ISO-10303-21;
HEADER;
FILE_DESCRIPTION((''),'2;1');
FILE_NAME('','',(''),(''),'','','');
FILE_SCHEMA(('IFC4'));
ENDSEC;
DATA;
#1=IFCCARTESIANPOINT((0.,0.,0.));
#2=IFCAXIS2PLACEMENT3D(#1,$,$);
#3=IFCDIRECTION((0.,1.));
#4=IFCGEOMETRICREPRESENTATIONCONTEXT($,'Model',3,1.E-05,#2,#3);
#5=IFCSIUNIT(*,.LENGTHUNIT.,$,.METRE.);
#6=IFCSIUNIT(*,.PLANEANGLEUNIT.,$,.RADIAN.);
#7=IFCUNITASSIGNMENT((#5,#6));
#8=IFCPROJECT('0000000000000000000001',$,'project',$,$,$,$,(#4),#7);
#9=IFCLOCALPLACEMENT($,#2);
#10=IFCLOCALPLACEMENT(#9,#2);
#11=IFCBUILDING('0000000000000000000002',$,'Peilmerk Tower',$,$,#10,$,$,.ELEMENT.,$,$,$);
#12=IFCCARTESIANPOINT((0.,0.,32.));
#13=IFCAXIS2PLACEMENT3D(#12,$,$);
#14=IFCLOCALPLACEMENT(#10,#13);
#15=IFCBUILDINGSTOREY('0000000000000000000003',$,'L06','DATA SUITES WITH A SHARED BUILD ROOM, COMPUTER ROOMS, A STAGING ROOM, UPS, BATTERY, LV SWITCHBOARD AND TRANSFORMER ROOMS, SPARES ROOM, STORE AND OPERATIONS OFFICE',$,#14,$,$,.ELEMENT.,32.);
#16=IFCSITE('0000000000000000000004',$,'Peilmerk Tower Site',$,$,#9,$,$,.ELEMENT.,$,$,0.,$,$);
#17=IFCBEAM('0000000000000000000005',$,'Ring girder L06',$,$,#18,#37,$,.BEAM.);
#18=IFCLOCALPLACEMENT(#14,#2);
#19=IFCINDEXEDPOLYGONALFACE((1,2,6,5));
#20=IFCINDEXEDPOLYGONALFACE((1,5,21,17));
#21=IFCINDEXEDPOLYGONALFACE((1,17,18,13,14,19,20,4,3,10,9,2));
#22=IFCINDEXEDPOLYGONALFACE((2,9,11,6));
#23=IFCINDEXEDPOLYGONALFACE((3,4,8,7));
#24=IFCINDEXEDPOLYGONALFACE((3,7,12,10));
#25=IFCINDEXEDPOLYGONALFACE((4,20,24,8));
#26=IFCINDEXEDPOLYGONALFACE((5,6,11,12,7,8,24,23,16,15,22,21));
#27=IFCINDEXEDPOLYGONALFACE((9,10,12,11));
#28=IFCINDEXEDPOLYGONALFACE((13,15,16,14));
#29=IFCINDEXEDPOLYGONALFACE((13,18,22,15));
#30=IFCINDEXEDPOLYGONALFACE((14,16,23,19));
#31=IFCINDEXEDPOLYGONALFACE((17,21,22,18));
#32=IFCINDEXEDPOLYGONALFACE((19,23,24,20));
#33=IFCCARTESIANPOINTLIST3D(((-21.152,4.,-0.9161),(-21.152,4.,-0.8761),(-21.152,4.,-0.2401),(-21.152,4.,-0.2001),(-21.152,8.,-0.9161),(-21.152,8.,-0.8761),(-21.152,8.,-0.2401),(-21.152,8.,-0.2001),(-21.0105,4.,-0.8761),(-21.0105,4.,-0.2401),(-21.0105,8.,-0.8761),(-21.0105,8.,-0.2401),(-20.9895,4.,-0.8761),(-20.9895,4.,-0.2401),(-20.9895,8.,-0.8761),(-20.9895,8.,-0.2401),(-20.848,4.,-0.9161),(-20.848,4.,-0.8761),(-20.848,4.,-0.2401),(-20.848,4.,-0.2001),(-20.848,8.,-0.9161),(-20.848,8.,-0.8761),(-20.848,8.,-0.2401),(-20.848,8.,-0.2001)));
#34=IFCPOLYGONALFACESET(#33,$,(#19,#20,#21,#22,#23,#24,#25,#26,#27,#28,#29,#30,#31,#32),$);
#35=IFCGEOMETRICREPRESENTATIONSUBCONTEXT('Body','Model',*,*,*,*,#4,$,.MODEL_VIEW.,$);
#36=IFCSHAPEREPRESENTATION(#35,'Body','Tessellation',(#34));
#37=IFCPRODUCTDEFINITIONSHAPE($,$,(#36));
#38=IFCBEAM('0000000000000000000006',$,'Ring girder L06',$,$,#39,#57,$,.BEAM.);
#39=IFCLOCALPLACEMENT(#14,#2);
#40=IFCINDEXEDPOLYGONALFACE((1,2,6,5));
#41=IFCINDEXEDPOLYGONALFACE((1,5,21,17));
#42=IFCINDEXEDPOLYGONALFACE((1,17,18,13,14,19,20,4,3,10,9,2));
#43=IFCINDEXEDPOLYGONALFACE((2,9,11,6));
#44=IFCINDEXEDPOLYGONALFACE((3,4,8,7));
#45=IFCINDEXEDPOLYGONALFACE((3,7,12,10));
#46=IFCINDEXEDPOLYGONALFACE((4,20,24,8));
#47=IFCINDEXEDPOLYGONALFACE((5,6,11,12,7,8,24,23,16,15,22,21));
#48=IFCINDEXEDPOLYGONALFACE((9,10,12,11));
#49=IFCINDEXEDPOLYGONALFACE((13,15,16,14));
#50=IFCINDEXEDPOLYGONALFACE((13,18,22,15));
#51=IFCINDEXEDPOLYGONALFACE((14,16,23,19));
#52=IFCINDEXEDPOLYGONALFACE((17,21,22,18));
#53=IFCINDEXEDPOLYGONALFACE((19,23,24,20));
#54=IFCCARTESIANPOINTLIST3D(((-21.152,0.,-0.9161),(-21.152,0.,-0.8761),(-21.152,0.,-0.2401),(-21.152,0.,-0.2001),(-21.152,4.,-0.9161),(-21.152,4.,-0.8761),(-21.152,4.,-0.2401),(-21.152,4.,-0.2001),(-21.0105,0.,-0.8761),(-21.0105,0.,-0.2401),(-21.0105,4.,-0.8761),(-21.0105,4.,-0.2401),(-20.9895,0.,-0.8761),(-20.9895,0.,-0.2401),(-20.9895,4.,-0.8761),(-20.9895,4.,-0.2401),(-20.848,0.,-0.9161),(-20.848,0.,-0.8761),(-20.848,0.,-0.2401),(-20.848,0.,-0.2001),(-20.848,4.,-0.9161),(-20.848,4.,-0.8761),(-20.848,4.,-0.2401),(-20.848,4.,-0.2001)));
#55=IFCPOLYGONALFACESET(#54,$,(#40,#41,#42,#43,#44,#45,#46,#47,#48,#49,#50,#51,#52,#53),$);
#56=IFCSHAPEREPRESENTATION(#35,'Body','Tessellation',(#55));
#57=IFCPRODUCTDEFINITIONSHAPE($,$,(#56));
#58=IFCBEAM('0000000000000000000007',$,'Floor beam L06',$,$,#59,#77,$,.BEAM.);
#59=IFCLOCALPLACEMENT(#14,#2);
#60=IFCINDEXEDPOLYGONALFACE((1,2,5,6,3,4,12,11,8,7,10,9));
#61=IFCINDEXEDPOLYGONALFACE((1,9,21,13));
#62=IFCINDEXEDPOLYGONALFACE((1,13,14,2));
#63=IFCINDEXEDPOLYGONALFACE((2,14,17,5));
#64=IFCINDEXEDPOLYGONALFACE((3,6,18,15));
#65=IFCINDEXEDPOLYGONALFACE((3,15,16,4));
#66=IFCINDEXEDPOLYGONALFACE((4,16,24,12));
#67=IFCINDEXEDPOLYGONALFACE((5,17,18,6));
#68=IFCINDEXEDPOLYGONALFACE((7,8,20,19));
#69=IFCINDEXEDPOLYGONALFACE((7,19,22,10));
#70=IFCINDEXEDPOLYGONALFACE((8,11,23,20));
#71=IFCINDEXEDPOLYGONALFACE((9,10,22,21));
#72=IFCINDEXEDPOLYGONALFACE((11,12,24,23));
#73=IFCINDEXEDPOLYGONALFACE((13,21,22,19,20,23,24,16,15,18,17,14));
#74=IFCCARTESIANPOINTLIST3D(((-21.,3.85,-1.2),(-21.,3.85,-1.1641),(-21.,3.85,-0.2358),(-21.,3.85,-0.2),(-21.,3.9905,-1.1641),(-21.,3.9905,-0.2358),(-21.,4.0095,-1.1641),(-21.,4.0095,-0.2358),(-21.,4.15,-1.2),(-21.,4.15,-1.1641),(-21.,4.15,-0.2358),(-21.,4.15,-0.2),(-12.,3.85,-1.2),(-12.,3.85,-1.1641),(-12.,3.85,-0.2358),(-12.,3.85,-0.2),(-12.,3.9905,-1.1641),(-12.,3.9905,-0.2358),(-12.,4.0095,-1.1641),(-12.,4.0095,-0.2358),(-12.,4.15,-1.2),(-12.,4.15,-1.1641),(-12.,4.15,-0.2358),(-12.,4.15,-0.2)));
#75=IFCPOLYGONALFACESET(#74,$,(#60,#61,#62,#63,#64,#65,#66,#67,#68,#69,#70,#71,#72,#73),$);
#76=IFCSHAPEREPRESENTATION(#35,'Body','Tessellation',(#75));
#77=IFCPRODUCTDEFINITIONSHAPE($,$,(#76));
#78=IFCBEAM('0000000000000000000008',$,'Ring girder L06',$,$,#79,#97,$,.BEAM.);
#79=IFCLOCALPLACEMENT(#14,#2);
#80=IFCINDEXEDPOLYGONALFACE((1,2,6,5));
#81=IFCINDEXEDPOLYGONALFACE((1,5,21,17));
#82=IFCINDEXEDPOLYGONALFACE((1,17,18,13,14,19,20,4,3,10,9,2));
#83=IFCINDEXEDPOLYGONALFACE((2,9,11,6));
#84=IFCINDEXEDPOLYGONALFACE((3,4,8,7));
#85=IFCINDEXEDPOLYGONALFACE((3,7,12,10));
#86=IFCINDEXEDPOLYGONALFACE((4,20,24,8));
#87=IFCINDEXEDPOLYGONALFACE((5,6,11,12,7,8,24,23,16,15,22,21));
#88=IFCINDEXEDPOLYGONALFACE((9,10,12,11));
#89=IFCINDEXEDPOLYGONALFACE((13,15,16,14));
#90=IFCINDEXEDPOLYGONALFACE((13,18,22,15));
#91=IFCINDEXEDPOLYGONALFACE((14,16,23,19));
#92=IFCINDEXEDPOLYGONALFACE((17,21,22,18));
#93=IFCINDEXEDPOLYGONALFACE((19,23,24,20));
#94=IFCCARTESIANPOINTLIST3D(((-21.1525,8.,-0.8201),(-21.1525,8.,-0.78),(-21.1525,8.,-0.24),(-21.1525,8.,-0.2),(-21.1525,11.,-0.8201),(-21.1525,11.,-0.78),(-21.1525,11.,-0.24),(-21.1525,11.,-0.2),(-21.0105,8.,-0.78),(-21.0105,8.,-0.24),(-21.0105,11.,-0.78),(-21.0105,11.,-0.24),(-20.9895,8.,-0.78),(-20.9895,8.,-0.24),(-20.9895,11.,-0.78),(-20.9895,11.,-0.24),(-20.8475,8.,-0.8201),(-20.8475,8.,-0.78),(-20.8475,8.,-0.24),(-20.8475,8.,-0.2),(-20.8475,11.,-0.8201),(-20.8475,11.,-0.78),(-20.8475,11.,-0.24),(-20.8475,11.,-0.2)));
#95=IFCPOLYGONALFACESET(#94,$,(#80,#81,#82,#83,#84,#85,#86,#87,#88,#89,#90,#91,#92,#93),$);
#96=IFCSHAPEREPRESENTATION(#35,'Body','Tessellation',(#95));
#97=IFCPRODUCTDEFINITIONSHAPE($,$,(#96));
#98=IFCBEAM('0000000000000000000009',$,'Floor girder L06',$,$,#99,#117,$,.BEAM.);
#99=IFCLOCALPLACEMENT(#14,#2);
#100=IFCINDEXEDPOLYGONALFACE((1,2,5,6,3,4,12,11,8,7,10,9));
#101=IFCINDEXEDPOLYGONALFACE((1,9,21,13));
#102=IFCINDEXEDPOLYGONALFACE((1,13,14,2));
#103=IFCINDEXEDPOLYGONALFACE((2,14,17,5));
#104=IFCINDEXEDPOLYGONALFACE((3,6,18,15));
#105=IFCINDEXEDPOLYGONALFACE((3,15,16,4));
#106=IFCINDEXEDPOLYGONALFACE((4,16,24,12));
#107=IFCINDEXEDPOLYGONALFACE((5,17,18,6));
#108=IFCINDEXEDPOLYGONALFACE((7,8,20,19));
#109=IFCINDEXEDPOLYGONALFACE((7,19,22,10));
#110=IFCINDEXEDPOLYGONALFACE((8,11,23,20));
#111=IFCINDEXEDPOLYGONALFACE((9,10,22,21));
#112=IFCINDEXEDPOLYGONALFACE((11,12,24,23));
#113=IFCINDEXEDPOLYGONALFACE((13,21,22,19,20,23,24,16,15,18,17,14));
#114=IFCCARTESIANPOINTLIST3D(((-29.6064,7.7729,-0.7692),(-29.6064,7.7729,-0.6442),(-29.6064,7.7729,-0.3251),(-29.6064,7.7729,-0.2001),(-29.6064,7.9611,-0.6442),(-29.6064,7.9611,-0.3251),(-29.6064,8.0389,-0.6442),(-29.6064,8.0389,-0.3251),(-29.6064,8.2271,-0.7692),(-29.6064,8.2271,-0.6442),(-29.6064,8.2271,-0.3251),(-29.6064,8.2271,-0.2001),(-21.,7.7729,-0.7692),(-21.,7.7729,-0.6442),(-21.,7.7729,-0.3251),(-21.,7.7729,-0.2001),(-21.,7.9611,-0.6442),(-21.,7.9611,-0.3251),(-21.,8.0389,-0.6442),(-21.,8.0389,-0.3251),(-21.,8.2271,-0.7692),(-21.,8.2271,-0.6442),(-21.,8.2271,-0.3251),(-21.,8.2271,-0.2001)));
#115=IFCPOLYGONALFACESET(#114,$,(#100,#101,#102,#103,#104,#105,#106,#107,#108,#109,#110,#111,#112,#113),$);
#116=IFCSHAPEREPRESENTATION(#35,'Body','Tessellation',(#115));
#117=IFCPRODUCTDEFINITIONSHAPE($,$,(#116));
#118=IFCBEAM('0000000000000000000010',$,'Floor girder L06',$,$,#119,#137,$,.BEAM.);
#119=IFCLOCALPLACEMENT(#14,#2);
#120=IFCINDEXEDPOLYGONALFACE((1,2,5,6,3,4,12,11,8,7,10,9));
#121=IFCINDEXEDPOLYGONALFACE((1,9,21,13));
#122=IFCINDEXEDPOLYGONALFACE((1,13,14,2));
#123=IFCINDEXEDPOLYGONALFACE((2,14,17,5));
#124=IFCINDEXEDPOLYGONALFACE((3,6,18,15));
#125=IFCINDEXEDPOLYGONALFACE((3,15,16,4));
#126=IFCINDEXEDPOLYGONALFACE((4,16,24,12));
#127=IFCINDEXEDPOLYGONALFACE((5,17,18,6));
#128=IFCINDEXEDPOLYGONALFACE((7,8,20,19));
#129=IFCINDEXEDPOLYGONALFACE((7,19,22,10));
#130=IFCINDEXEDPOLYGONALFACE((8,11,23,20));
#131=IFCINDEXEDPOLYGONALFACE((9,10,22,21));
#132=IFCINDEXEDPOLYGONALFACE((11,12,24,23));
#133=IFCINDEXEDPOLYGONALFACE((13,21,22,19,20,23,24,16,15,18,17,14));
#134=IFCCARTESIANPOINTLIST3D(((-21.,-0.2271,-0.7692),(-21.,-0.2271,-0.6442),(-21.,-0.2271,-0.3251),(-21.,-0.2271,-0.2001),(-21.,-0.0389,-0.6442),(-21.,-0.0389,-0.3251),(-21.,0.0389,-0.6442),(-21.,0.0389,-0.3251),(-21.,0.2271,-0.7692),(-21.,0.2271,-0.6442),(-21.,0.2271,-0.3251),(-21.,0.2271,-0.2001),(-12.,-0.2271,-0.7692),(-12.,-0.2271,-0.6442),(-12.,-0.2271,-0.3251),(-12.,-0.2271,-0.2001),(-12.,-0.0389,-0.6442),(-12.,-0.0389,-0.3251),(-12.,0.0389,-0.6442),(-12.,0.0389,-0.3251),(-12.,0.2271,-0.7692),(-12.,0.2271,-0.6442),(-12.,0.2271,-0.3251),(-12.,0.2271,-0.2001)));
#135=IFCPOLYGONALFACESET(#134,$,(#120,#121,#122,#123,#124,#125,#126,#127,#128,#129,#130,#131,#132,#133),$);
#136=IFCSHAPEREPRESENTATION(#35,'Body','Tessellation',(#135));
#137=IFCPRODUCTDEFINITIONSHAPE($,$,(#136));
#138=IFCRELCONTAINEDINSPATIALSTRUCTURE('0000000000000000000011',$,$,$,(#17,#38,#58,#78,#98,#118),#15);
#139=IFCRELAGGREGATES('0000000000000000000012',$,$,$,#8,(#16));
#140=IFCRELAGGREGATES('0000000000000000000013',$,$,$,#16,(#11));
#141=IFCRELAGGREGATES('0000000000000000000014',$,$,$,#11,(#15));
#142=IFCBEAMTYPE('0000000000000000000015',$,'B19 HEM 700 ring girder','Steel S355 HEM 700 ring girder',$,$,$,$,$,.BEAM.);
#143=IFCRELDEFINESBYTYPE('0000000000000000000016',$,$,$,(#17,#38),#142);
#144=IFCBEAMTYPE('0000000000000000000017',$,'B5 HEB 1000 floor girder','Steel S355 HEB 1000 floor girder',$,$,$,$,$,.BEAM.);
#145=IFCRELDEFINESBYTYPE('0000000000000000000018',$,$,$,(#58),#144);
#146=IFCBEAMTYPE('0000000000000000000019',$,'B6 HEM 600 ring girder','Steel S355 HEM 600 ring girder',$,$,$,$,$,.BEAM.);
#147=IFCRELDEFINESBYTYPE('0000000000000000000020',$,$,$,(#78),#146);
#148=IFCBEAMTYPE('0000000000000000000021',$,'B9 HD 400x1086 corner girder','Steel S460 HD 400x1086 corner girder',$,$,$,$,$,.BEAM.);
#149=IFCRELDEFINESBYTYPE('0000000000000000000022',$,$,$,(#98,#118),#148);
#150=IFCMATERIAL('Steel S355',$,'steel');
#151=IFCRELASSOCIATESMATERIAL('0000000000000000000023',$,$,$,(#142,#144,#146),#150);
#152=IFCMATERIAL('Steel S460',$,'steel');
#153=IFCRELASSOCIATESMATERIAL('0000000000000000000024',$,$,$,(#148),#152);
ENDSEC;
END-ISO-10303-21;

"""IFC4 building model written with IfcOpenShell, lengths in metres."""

from ifc_helpers import new_model, si_unit, direction, frame, origin, origin_2d, place, context, subcontext, project, spatial, i_section, extrude, material, material_profile, profile_set, type_object, element, save


model = new_model("IFC4")

# Units and contexts
model_context = context("Model", 3, precision=1e-05, world=origin(), true_north=direction((0.0, 1.0)))
body_context = subcontext(model_context, "Body", "Model", "MODEL_VIEW")
ifc_project = project(units=[si_unit("LENGTHUNIT", "METRE"), si_unit("PLANEANGLEUNIT", "RADIAN")], contexts=[model_context])

# Site, building, storey
site_placement = place(None, origin())
site = spatial("IfcSite", under=ifc_project, at=site_placement, Name="Peilmerk Tower Site", CompositionType="ELEMENT", RefElevation=0.0)
building_placement = place(site_placement, origin())
building = spatial("IfcBuilding", under=site, at=building_placement, Name="Peilmerk Tower", CompositionType="ELEMENT")
storey_placement = place(building_placement, frame((0.0, 0.0, 32.0)))
storey = spatial("IfcBuildingStorey", under=building, at=storey_placement, Name="L06", Description="DATA SUITES WITH A SHARED BUILD ROOM, COMPUTER ROOMS, A STAGING ROOM, UPS, BATTERY, LV SWITCHBOARD AND TRANSFORMER ROOMS, SPARES ROOM, STORE AND OPERATIONS OFFICE", CompositionType="ELEMENT", Elevation=32.0)

# Beams
ifc_material_1 = material(Name="Steel S355", Category="steel")
ifc_material_profile_1 = material_profile(ifc_material_1, i_section(OverallWidth=0.304, OverallDepth=0.7161, WebThickness=0.021, FlangeThickness=0.04, at=origin_2d()), Name="HEM 700")
ifc_profile_set_1 = profile_set([ifc_material_profile_1], Name="Steel S355")
beam_type_1 = type_object("IfcBeamType", Name="B19 HEM 700 ring girder", Description="Steel S355 HEM 700 ring girder", PredefinedType="BEAM", material=ifc_profile_set_1)
for number, where, z_axis, x_axis, name in (
    (1, (-21.0, 8.0, -0.5581), (0.0, -1.0, 0.0), (1.0, 0.0, 0.0), "Ring girder L06"),
    (2, (-21.0, 4.0, -0.5581), (0.0, -1.0, 0.0), (1.0, 0.0, 0.0), "Ring girder L06"),
):
    element("IfcBeam", number, at=place(storey_placement, frame(where, z_axis=z_axis, x_axis=x_axis)), inside=storey, type_object=beam_type_1, Name=name, PredefinedType="BEAM", context=body_context, shape_type="SweptSolid", body=[
        extrude(i_section(OverallWidth=0.304, OverallDepth=0.7161, WebThickness=0.021, FlangeThickness=0.04, at=origin_2d()), origin(), (0.0, 0.0, 1.0), 4.0),
    ])
ifc_material_profile_2 = material_profile(ifc_material_1, i_section(OverallWidth=0.3, OverallDepth=1.0, WebThickness=0.019, FlangeThickness=0.0359, at=origin_2d()), Name="HEB 1000")
ifc_profile_set_2 = profile_set([ifc_material_profile_2], Name="Steel S355")
beam_type_2 = type_object("IfcBeamType", Name="B5 HEB 1000 floor girder", Description="Steel S355 HEB 1000 floor girder", PredefinedType="BEAM", material=ifc_profile_set_2)
beam_1_placement = place(storey_placement, frame((-12.0, 4.0, -0.7), z_axis=(-1.0, 0.0, 0.0), x_axis=(0.0, -1.0, 0.0)))
element("IfcBeam", 3, at=beam_1_placement, inside=storey, type_object=beam_type_2, Name="Floor beam L06", PredefinedType="BEAM", context=body_context, shape_type="SweptSolid", body=[
    extrude(i_section(OverallWidth=0.3, OverallDepth=1.0, WebThickness=0.019, FlangeThickness=0.0359, at=origin_2d()), origin(), (0.0, 0.0, 1.0), 9.0),
])
ifc_material_profile_3 = material_profile(ifc_material_1, i_section(OverallWidth=0.3049, OverallDepth=0.6201, WebThickness=0.021, FlangeThickness=0.04, at=origin_2d()), Name="HEM 600")
ifc_profile_set_3 = profile_set([ifc_material_profile_3], Name="Steel S355")
beam_type_3 = type_object("IfcBeamType", Name="B6 HEM 600 ring girder", Description="Steel S355 HEM 600 ring girder", PredefinedType="BEAM", material=ifc_profile_set_3)
beam_2_placement = place(storey_placement, frame((-21.0, 11.0, -0.51), z_axis=(0.0, -1.0, 0.0), x_axis=(1.0, 0.0, 0.0)))
element("IfcBeam", 4, at=beam_2_placement, inside=storey, type_object=beam_type_3, Name="Ring girder L06", PredefinedType="BEAM", context=body_context, shape_type="SweptSolid", body=[
    extrude(i_section(OverallWidth=0.3049, OverallDepth=0.6201, WebThickness=0.021, FlangeThickness=0.04, at=origin_2d()), origin(), (0.0, 0.0, 1.0), 3.0),
])
ifc_material_2 = material(Name="Steel S460", Category="steel")
ifc_material_profile_4 = material_profile(ifc_material_2, i_section(OverallWidth=0.4541, OverallDepth=0.5691, WebThickness=0.0779, FlangeThickness=0.125, at=origin_2d()), Name="HD 400x1086")
ifc_profile_set_4 = profile_set([ifc_material_profile_4], Name="Steel S460")
beam_type_4 = type_object("IfcBeamType", Name="B9 HD 400x1086 corner girder", Description="Steel S460 HD 400x1086 corner girder", PredefinedType="BEAM", material=ifc_profile_set_4)
beam_3_placement = place(storey_placement, frame((-21.0, 8.0, -0.4846), z_axis=(-1.0, 0.0, 0.0), x_axis=(0.0, -1.0, 0.0)))
element("IfcBeam", 5, at=beam_3_placement, inside=storey, type_object=beam_type_4, Name="Floor girder L06", PredefinedType="BEAM", context=body_context, shape_type="SweptSolid", body=[
    extrude(i_section(OverallWidth=0.4541, OverallDepth=0.5691, WebThickness=0.0779, FlangeThickness=0.125, at=origin_2d()), origin(), (0.0, 0.0, 1.0), 8.6064),
])
beam_4_placement = place(storey_placement, frame((-12.0, 0.0, -0.4846), z_axis=(-1.0, 0.0, 0.0), x_axis=(0.0, -1.0, 0.0)))
element("IfcBeam", 6, at=beam_4_placement, inside=storey, type_object=beam_type_4, Name="Floor girder L06", PredefinedType="BEAM", context=body_context, shape_type="SweptSolid", body=[
    extrude(i_section(OverallWidth=0.4541, OverallDepth=0.5691, WebThickness=0.0779, FlangeThickness=0.125, at=origin_2d()), origin(), (0.0, 0.0, 1.0), 9.0),
])

save(model, "model.ifc")
